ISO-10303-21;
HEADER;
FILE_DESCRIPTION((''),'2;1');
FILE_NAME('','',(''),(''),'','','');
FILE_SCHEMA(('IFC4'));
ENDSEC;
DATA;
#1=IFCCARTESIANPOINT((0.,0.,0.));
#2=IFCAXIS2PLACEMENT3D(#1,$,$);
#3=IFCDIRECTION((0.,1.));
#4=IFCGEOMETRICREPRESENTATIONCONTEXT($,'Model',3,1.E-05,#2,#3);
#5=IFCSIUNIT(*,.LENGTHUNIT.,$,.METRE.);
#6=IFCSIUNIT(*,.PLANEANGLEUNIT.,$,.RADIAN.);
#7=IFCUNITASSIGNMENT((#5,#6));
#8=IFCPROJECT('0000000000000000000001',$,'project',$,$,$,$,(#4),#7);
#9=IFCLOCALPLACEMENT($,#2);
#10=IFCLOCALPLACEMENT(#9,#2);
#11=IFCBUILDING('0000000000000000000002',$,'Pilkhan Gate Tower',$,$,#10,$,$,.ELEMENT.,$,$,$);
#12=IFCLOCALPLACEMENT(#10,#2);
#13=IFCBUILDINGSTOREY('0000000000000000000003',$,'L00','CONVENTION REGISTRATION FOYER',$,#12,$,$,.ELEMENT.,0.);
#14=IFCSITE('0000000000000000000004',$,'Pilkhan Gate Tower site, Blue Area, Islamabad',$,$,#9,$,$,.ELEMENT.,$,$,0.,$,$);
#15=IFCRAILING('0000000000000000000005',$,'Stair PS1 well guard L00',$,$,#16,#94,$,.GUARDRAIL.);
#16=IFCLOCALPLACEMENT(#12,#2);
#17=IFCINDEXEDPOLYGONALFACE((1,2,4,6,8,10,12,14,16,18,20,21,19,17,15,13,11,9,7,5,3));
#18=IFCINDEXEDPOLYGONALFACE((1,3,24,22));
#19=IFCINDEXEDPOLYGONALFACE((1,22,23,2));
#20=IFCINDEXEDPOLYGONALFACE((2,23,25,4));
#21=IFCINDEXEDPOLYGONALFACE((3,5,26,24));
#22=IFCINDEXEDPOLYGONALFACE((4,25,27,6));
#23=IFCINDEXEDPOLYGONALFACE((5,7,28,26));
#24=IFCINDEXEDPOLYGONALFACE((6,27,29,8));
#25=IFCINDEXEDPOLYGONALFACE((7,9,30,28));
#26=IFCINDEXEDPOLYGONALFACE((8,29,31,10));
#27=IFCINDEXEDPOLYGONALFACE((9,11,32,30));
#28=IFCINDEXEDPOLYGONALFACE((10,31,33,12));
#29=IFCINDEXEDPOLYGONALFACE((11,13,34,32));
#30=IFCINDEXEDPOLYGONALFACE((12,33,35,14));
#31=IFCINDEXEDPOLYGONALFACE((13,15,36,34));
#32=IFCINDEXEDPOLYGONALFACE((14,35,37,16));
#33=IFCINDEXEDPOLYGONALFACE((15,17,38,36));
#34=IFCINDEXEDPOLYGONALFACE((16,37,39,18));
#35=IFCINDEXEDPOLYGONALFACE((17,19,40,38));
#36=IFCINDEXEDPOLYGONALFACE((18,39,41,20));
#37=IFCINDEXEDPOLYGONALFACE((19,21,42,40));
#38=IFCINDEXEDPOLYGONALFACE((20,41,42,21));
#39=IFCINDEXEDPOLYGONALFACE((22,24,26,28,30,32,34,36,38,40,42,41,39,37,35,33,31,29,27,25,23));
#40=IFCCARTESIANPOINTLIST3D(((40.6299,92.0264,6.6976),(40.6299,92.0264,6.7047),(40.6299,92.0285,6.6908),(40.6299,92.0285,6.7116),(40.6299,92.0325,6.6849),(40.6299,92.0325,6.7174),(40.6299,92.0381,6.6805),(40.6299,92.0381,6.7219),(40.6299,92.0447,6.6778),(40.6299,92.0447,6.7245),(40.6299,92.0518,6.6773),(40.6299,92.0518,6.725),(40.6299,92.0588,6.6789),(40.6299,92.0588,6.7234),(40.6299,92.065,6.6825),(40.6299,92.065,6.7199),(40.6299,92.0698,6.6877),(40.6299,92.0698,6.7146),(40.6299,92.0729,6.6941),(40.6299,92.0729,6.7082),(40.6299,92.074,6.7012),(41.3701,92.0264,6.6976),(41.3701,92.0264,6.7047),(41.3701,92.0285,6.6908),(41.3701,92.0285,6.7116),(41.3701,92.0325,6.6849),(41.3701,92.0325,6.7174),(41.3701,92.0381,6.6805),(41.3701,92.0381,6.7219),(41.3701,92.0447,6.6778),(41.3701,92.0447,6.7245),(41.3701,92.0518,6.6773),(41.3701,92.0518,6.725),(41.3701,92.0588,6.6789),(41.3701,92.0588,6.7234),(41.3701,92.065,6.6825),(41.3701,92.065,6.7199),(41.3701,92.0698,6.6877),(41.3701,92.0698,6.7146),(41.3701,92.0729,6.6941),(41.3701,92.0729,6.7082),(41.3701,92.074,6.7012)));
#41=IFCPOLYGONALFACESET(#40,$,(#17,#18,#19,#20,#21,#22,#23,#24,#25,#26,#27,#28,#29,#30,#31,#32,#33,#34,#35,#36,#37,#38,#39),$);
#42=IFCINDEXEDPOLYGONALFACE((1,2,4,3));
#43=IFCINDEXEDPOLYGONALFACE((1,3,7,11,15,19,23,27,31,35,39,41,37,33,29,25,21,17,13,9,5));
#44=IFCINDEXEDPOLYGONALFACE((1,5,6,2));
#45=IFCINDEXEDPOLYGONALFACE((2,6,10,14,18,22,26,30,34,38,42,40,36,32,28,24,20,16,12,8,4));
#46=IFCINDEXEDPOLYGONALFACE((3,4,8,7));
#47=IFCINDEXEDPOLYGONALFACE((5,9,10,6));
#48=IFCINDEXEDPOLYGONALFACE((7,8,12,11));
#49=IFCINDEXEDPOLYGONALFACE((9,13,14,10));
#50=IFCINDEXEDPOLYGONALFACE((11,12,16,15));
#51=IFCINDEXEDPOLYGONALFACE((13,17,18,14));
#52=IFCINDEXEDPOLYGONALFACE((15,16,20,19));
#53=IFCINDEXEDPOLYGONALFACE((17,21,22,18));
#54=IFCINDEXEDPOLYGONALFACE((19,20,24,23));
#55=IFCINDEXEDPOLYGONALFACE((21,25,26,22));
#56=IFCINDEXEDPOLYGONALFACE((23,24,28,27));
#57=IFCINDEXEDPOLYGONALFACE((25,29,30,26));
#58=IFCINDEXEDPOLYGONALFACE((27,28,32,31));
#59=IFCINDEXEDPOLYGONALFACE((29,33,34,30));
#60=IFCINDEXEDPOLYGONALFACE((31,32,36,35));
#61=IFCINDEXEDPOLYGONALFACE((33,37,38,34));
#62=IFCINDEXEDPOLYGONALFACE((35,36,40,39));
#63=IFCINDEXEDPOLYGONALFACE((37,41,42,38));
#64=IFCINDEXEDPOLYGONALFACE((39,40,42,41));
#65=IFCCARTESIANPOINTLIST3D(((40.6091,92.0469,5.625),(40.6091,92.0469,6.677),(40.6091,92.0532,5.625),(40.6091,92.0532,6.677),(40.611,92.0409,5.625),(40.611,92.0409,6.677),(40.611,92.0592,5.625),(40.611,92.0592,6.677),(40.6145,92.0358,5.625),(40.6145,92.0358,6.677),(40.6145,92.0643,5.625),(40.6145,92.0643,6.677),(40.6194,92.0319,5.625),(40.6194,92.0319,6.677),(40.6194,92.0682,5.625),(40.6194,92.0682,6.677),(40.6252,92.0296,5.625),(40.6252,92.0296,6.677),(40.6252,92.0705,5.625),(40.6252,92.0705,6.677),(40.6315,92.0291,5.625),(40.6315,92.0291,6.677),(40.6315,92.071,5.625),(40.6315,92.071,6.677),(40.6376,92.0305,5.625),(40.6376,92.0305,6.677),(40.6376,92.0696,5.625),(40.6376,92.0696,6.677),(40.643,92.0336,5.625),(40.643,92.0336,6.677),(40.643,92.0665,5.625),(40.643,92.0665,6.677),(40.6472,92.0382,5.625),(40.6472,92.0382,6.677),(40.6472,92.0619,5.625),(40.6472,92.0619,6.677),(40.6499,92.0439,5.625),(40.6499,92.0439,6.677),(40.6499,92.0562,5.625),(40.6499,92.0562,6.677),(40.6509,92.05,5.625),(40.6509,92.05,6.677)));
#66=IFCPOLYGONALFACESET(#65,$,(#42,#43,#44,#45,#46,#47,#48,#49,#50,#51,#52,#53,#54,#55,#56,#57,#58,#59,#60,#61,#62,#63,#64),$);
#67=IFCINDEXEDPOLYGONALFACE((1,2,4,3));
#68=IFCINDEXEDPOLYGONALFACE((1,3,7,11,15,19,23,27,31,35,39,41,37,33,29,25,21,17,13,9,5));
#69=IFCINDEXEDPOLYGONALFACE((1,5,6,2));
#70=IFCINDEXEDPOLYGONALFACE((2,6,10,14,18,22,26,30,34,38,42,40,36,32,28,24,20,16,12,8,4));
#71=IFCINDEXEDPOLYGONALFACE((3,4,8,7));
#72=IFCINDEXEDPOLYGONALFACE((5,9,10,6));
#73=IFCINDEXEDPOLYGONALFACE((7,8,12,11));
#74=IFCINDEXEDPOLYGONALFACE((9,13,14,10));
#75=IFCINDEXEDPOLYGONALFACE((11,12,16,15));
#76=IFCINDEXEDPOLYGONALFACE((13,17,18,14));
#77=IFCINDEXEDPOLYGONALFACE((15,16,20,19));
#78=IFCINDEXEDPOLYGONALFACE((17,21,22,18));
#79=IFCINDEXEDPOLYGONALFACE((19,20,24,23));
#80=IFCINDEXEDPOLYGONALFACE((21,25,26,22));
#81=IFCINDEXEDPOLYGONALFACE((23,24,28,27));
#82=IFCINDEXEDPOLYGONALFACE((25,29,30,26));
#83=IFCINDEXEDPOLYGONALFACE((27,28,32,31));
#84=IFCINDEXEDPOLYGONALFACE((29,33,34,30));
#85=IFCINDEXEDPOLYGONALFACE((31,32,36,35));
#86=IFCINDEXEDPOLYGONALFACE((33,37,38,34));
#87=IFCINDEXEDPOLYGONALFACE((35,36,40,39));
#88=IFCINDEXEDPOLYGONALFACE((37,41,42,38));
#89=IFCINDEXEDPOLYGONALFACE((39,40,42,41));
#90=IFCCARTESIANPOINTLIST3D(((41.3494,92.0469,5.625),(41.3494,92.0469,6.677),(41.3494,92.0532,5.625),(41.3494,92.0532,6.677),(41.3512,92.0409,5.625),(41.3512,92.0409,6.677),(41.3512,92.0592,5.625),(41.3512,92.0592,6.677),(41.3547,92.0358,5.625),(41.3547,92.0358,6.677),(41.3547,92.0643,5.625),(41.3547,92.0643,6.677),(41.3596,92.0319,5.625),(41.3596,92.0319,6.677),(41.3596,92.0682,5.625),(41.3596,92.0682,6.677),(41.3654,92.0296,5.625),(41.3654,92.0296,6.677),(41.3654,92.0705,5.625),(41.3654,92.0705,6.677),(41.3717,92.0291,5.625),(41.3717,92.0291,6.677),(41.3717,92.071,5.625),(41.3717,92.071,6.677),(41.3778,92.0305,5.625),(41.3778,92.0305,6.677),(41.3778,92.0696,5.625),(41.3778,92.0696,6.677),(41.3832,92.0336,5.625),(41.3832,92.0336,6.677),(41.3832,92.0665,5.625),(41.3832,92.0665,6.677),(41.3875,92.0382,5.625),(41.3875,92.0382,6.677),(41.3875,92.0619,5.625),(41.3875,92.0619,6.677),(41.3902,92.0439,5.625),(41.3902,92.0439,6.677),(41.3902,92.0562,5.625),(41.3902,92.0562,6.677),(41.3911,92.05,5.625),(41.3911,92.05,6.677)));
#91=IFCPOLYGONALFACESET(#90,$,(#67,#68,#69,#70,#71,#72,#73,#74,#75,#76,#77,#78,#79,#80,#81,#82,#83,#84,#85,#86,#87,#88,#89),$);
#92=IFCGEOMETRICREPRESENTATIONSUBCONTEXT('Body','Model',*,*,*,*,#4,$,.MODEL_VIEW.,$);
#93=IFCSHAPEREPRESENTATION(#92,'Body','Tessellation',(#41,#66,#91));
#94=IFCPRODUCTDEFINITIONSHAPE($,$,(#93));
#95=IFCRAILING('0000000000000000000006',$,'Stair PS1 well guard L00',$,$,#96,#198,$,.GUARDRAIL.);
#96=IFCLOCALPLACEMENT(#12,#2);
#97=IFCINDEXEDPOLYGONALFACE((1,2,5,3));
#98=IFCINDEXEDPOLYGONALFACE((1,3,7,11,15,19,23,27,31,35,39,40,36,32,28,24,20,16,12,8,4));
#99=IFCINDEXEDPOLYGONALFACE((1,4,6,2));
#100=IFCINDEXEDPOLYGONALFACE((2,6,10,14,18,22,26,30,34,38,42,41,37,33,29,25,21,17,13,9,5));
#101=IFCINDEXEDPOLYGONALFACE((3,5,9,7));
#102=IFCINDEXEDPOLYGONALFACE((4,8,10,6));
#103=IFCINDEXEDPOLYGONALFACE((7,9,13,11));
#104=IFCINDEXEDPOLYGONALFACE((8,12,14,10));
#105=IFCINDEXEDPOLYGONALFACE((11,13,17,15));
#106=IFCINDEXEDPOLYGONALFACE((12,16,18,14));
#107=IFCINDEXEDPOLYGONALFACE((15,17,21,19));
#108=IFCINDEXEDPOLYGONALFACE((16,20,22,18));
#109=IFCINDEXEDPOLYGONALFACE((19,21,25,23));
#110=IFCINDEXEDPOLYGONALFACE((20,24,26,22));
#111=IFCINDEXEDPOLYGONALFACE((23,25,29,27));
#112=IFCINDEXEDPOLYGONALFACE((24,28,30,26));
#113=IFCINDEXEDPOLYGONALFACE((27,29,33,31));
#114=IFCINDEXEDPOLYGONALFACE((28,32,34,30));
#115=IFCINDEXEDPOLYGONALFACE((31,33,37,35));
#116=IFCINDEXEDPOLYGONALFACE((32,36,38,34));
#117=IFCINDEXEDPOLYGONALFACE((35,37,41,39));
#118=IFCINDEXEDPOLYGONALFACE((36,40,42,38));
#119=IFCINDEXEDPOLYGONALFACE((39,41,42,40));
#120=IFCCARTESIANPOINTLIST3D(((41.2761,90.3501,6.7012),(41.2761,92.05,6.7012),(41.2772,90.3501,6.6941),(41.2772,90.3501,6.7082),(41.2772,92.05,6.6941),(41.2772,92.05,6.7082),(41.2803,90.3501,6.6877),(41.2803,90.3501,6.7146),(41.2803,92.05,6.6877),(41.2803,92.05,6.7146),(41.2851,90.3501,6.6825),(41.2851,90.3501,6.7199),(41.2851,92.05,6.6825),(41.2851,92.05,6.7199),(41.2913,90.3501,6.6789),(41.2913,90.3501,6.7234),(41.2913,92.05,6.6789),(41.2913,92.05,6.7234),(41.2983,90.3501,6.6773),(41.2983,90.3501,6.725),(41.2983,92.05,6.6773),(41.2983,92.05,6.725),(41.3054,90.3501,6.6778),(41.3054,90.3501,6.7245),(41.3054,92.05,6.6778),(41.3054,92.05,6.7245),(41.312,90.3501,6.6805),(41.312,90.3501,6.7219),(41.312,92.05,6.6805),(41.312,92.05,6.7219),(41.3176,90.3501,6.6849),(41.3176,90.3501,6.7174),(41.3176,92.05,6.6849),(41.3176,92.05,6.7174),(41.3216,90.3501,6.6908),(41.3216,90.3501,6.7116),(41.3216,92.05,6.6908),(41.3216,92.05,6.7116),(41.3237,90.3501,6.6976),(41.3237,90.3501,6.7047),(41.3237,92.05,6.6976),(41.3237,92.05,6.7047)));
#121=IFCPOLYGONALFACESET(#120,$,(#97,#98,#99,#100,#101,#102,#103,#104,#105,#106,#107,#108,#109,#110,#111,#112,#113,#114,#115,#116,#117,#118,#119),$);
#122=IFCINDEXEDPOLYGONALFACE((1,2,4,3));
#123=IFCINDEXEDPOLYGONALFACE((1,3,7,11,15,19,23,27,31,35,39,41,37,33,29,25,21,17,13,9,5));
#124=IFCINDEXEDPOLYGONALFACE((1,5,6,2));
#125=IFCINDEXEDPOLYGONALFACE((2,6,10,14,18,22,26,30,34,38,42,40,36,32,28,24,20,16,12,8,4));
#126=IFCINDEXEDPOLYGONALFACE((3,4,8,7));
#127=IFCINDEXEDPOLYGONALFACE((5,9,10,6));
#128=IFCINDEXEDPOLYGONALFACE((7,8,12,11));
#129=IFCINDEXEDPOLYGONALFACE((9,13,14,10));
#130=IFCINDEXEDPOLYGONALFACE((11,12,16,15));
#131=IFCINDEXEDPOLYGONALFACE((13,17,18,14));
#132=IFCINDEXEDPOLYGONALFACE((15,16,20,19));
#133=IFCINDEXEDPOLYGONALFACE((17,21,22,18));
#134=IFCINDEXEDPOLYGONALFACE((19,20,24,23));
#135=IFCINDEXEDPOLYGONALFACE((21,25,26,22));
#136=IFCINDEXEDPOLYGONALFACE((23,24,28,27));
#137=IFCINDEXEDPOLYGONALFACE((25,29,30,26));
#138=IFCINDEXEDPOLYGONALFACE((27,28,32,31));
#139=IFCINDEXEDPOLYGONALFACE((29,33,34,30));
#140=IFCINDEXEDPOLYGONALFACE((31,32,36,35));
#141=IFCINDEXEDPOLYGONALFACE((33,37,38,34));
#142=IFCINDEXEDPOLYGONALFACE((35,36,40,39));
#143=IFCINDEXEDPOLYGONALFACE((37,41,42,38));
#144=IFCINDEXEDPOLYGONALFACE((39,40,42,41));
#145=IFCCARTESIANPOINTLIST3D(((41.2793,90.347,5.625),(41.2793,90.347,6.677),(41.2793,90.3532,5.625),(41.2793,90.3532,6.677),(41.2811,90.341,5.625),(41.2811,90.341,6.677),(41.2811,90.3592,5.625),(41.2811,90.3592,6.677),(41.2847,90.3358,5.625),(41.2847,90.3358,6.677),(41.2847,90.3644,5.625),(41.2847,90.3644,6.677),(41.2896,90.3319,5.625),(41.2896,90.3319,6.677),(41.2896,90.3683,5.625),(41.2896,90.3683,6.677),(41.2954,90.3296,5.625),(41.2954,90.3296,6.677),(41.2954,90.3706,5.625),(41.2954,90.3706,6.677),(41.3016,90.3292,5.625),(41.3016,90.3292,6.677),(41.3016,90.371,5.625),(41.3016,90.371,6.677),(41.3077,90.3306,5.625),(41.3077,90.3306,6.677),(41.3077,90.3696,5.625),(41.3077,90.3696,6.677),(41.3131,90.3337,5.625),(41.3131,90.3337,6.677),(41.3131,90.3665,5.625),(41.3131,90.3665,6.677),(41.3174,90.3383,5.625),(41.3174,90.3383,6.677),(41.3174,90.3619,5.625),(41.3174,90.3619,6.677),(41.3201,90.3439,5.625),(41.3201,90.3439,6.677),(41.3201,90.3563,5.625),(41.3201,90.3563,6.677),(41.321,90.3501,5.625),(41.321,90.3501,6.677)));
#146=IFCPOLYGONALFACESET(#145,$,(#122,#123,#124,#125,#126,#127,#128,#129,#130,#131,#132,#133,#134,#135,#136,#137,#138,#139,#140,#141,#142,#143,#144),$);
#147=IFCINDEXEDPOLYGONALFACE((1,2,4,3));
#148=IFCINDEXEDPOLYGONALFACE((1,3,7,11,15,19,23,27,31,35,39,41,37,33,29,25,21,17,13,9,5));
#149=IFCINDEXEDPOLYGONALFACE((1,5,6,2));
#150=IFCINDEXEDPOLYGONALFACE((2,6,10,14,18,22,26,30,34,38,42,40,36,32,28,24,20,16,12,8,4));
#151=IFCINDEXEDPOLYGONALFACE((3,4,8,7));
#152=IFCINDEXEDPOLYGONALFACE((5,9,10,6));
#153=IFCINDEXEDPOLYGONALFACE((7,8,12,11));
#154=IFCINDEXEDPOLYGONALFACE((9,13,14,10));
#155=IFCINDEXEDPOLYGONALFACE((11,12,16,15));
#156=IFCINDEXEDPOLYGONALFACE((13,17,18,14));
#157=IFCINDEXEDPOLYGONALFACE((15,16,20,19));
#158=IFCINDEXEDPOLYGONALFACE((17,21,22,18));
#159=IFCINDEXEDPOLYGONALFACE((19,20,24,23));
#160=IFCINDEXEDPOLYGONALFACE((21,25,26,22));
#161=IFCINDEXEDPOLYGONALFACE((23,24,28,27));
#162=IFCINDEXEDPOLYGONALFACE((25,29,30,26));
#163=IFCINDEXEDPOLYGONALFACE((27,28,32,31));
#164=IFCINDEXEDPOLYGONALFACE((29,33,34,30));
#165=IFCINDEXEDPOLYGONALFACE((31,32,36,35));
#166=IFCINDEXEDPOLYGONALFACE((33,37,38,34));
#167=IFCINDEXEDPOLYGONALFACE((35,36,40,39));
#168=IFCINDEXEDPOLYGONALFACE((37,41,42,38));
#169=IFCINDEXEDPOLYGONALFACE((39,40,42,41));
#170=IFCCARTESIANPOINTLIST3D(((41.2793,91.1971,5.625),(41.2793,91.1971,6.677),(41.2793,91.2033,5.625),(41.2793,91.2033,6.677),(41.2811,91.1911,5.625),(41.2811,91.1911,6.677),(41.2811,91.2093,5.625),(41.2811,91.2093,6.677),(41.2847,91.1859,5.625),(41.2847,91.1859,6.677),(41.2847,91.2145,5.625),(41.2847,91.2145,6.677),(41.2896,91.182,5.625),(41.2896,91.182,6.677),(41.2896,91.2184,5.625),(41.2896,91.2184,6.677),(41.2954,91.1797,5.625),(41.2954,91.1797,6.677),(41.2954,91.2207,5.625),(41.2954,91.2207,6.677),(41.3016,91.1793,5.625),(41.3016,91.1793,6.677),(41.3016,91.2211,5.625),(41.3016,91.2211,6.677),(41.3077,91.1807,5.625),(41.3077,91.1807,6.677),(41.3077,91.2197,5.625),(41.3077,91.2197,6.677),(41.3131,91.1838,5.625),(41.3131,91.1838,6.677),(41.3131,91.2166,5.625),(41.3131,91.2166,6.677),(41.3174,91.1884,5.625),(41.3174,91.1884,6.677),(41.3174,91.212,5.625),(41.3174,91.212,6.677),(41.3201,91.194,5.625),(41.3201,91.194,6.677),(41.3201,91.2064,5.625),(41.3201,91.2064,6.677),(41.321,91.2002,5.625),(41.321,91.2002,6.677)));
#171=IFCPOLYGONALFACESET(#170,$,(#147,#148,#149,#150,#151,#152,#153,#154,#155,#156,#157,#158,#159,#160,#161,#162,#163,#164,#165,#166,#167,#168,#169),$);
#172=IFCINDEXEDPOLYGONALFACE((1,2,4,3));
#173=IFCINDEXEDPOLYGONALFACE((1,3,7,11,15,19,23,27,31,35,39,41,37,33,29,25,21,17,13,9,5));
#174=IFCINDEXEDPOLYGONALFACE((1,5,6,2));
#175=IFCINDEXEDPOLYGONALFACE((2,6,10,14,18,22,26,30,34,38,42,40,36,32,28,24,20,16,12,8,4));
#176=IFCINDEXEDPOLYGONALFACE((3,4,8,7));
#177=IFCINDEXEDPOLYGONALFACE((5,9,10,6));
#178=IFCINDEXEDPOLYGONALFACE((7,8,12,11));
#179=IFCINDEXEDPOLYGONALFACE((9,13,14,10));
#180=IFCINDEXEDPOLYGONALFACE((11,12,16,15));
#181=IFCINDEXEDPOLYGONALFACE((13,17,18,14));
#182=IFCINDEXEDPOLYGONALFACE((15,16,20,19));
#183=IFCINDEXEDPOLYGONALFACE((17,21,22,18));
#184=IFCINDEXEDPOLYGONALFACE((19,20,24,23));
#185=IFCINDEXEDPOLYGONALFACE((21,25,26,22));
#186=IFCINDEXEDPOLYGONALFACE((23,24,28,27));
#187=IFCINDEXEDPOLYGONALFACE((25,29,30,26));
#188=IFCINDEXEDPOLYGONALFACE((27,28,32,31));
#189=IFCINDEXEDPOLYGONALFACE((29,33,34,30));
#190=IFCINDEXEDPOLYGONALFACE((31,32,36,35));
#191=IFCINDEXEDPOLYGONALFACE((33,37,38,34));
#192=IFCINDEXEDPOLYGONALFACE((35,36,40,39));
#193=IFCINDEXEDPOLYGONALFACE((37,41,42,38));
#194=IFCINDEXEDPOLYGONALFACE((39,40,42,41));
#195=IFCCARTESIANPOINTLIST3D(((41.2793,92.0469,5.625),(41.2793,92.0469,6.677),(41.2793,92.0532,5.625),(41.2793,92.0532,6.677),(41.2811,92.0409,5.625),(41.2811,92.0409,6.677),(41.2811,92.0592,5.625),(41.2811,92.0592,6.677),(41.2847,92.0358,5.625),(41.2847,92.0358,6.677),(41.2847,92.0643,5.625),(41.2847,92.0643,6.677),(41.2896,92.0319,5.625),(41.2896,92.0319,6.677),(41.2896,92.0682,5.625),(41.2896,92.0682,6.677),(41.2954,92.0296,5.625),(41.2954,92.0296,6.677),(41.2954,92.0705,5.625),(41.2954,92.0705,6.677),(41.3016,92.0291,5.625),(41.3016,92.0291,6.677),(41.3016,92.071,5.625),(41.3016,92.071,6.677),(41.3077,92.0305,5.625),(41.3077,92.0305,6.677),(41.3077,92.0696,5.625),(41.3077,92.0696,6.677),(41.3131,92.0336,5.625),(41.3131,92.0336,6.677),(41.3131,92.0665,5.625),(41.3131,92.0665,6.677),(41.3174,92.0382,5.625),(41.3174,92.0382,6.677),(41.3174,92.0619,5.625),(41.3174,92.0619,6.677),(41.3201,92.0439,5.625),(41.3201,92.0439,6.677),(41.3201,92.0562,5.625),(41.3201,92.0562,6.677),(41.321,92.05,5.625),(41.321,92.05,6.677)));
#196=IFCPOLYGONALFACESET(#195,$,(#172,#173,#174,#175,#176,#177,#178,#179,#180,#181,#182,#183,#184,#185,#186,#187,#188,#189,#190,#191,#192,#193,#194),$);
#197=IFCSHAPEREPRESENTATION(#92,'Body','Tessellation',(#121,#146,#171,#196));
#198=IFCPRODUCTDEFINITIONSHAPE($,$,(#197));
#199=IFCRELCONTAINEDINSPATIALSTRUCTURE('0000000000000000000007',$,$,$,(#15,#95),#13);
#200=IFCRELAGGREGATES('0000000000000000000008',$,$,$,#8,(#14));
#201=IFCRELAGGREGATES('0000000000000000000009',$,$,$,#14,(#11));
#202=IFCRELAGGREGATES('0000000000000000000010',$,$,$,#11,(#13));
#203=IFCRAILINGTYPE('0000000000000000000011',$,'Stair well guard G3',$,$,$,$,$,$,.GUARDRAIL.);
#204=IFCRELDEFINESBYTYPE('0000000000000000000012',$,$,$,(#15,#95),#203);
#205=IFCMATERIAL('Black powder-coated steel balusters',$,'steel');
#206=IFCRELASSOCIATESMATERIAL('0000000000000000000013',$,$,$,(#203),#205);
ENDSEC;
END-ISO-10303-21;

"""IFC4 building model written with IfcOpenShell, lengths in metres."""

from ifc_helpers import new_model, si_unit, direction, frame, origin, origin_2d, place, context, subcontext, project, spatial, circle, extrude, material, type_object, element, save


model = new_model("IFC4")

# Units and contexts
model_context = context("Model", 3, precision=1e-05, world=origin(), true_north=direction((0.0, 1.0)))
body_context = subcontext(model_context, "Body", "Model", "MODEL_VIEW")
ifc_project = project(units=[si_unit("LENGTHUNIT", "METRE"), si_unit("PLANEANGLEUNIT", "RADIAN")], contexts=[model_context])

# Site, building, storey
site_placement = place(None, origin())
site = spatial("IfcSite", under=ifc_project, at=site_placement, Name="Pilkhan Gate Tower site, Blue Area, Islamabad", CompositionType="ELEMENT", RefElevation=0.0)
building_placement = place(site_placement, origin())
building = spatial("IfcBuilding", under=site, at=building_placement, Name="Pilkhan Gate Tower", CompositionType="ELEMENT")
storey_placement = place(building_placement, origin())
storey = spatial("IfcBuildingStorey", under=building, at=storey_placement, Name="L00", Description="CONVENTION REGISTRATION FOYER", CompositionType="ELEMENT", Elevation=0.0)

# Railings
ifc_material_1 = material(Name="Black powder-coated steel balusters", Category="steel")
railing_type_1 = type_object("IfcRailingType", Name="Stair well guard G3", PredefinedType="GUARDRAIL", material=ifc_material_1)
railing_1_placement = place(storey_placement, frame((40.6299, 92.05, 5.625)))
element("IfcRailing", 1, at=railing_1_placement, inside=storey, type_object=railing_type_1, Name="Stair PS1 well guard L00", PredefinedType="GUARDRAIL", context=body_context, shape_type="SweptSolid", body=[
    extrude(circle(Radius=0.0239, at=origin_2d()), frame((0.0, 0.0, 1.0762), z_axis=(1.0, 0.0, 0.0), x_axis=(0.0, 1.0, 0.0)), (0.0, 0.0, 1.0), 0.7402),
    extrude(circle(Radius=0.021, at=origin_2d()), origin(), (0.0, 0.0, 1.0), 1.052),
    extrude(circle(Radius=0.021, at=origin_2d()), frame((0.7402, 0.0, 0.0)), (0.0, 0.0, 1.0), 1.052),
])
railing_2_placement = place(storey_placement, frame((41.3, 90.3501, 5.625)))
element("IfcRailing", 2, at=railing_2_placement, inside=storey, type_object=railing_type_1, Name="Stair PS1 well guard L00", PredefinedType="GUARDRAIL", context=body_context, shape_type="SweptSolid", body=[
    extrude(circle(Radius=0.0239, at=origin_2d()), frame((0.0, 0.0, 1.0762), z_axis=(0.0, 1.0, 0.0), x_axis=(-1.0, 0.0, 0.0)), (0.0, 0.0, 1.0), 1.7),
    extrude(circle(Radius=0.021, at=origin_2d()), origin(), (0.0, 0.0, 1.0), 1.052),
    extrude(circle(Radius=0.021, at=origin_2d()), frame((0.0, 0.8501, 0.0)), (0.0, 0.0, 1.0), 1.052),
    extrude(circle(Radius=0.021, at=origin_2d()), frame((0.0, 1.7, 0.0)), (0.0, 0.0, 1.0), 1.052),
])

save(model, "model.ifc")
